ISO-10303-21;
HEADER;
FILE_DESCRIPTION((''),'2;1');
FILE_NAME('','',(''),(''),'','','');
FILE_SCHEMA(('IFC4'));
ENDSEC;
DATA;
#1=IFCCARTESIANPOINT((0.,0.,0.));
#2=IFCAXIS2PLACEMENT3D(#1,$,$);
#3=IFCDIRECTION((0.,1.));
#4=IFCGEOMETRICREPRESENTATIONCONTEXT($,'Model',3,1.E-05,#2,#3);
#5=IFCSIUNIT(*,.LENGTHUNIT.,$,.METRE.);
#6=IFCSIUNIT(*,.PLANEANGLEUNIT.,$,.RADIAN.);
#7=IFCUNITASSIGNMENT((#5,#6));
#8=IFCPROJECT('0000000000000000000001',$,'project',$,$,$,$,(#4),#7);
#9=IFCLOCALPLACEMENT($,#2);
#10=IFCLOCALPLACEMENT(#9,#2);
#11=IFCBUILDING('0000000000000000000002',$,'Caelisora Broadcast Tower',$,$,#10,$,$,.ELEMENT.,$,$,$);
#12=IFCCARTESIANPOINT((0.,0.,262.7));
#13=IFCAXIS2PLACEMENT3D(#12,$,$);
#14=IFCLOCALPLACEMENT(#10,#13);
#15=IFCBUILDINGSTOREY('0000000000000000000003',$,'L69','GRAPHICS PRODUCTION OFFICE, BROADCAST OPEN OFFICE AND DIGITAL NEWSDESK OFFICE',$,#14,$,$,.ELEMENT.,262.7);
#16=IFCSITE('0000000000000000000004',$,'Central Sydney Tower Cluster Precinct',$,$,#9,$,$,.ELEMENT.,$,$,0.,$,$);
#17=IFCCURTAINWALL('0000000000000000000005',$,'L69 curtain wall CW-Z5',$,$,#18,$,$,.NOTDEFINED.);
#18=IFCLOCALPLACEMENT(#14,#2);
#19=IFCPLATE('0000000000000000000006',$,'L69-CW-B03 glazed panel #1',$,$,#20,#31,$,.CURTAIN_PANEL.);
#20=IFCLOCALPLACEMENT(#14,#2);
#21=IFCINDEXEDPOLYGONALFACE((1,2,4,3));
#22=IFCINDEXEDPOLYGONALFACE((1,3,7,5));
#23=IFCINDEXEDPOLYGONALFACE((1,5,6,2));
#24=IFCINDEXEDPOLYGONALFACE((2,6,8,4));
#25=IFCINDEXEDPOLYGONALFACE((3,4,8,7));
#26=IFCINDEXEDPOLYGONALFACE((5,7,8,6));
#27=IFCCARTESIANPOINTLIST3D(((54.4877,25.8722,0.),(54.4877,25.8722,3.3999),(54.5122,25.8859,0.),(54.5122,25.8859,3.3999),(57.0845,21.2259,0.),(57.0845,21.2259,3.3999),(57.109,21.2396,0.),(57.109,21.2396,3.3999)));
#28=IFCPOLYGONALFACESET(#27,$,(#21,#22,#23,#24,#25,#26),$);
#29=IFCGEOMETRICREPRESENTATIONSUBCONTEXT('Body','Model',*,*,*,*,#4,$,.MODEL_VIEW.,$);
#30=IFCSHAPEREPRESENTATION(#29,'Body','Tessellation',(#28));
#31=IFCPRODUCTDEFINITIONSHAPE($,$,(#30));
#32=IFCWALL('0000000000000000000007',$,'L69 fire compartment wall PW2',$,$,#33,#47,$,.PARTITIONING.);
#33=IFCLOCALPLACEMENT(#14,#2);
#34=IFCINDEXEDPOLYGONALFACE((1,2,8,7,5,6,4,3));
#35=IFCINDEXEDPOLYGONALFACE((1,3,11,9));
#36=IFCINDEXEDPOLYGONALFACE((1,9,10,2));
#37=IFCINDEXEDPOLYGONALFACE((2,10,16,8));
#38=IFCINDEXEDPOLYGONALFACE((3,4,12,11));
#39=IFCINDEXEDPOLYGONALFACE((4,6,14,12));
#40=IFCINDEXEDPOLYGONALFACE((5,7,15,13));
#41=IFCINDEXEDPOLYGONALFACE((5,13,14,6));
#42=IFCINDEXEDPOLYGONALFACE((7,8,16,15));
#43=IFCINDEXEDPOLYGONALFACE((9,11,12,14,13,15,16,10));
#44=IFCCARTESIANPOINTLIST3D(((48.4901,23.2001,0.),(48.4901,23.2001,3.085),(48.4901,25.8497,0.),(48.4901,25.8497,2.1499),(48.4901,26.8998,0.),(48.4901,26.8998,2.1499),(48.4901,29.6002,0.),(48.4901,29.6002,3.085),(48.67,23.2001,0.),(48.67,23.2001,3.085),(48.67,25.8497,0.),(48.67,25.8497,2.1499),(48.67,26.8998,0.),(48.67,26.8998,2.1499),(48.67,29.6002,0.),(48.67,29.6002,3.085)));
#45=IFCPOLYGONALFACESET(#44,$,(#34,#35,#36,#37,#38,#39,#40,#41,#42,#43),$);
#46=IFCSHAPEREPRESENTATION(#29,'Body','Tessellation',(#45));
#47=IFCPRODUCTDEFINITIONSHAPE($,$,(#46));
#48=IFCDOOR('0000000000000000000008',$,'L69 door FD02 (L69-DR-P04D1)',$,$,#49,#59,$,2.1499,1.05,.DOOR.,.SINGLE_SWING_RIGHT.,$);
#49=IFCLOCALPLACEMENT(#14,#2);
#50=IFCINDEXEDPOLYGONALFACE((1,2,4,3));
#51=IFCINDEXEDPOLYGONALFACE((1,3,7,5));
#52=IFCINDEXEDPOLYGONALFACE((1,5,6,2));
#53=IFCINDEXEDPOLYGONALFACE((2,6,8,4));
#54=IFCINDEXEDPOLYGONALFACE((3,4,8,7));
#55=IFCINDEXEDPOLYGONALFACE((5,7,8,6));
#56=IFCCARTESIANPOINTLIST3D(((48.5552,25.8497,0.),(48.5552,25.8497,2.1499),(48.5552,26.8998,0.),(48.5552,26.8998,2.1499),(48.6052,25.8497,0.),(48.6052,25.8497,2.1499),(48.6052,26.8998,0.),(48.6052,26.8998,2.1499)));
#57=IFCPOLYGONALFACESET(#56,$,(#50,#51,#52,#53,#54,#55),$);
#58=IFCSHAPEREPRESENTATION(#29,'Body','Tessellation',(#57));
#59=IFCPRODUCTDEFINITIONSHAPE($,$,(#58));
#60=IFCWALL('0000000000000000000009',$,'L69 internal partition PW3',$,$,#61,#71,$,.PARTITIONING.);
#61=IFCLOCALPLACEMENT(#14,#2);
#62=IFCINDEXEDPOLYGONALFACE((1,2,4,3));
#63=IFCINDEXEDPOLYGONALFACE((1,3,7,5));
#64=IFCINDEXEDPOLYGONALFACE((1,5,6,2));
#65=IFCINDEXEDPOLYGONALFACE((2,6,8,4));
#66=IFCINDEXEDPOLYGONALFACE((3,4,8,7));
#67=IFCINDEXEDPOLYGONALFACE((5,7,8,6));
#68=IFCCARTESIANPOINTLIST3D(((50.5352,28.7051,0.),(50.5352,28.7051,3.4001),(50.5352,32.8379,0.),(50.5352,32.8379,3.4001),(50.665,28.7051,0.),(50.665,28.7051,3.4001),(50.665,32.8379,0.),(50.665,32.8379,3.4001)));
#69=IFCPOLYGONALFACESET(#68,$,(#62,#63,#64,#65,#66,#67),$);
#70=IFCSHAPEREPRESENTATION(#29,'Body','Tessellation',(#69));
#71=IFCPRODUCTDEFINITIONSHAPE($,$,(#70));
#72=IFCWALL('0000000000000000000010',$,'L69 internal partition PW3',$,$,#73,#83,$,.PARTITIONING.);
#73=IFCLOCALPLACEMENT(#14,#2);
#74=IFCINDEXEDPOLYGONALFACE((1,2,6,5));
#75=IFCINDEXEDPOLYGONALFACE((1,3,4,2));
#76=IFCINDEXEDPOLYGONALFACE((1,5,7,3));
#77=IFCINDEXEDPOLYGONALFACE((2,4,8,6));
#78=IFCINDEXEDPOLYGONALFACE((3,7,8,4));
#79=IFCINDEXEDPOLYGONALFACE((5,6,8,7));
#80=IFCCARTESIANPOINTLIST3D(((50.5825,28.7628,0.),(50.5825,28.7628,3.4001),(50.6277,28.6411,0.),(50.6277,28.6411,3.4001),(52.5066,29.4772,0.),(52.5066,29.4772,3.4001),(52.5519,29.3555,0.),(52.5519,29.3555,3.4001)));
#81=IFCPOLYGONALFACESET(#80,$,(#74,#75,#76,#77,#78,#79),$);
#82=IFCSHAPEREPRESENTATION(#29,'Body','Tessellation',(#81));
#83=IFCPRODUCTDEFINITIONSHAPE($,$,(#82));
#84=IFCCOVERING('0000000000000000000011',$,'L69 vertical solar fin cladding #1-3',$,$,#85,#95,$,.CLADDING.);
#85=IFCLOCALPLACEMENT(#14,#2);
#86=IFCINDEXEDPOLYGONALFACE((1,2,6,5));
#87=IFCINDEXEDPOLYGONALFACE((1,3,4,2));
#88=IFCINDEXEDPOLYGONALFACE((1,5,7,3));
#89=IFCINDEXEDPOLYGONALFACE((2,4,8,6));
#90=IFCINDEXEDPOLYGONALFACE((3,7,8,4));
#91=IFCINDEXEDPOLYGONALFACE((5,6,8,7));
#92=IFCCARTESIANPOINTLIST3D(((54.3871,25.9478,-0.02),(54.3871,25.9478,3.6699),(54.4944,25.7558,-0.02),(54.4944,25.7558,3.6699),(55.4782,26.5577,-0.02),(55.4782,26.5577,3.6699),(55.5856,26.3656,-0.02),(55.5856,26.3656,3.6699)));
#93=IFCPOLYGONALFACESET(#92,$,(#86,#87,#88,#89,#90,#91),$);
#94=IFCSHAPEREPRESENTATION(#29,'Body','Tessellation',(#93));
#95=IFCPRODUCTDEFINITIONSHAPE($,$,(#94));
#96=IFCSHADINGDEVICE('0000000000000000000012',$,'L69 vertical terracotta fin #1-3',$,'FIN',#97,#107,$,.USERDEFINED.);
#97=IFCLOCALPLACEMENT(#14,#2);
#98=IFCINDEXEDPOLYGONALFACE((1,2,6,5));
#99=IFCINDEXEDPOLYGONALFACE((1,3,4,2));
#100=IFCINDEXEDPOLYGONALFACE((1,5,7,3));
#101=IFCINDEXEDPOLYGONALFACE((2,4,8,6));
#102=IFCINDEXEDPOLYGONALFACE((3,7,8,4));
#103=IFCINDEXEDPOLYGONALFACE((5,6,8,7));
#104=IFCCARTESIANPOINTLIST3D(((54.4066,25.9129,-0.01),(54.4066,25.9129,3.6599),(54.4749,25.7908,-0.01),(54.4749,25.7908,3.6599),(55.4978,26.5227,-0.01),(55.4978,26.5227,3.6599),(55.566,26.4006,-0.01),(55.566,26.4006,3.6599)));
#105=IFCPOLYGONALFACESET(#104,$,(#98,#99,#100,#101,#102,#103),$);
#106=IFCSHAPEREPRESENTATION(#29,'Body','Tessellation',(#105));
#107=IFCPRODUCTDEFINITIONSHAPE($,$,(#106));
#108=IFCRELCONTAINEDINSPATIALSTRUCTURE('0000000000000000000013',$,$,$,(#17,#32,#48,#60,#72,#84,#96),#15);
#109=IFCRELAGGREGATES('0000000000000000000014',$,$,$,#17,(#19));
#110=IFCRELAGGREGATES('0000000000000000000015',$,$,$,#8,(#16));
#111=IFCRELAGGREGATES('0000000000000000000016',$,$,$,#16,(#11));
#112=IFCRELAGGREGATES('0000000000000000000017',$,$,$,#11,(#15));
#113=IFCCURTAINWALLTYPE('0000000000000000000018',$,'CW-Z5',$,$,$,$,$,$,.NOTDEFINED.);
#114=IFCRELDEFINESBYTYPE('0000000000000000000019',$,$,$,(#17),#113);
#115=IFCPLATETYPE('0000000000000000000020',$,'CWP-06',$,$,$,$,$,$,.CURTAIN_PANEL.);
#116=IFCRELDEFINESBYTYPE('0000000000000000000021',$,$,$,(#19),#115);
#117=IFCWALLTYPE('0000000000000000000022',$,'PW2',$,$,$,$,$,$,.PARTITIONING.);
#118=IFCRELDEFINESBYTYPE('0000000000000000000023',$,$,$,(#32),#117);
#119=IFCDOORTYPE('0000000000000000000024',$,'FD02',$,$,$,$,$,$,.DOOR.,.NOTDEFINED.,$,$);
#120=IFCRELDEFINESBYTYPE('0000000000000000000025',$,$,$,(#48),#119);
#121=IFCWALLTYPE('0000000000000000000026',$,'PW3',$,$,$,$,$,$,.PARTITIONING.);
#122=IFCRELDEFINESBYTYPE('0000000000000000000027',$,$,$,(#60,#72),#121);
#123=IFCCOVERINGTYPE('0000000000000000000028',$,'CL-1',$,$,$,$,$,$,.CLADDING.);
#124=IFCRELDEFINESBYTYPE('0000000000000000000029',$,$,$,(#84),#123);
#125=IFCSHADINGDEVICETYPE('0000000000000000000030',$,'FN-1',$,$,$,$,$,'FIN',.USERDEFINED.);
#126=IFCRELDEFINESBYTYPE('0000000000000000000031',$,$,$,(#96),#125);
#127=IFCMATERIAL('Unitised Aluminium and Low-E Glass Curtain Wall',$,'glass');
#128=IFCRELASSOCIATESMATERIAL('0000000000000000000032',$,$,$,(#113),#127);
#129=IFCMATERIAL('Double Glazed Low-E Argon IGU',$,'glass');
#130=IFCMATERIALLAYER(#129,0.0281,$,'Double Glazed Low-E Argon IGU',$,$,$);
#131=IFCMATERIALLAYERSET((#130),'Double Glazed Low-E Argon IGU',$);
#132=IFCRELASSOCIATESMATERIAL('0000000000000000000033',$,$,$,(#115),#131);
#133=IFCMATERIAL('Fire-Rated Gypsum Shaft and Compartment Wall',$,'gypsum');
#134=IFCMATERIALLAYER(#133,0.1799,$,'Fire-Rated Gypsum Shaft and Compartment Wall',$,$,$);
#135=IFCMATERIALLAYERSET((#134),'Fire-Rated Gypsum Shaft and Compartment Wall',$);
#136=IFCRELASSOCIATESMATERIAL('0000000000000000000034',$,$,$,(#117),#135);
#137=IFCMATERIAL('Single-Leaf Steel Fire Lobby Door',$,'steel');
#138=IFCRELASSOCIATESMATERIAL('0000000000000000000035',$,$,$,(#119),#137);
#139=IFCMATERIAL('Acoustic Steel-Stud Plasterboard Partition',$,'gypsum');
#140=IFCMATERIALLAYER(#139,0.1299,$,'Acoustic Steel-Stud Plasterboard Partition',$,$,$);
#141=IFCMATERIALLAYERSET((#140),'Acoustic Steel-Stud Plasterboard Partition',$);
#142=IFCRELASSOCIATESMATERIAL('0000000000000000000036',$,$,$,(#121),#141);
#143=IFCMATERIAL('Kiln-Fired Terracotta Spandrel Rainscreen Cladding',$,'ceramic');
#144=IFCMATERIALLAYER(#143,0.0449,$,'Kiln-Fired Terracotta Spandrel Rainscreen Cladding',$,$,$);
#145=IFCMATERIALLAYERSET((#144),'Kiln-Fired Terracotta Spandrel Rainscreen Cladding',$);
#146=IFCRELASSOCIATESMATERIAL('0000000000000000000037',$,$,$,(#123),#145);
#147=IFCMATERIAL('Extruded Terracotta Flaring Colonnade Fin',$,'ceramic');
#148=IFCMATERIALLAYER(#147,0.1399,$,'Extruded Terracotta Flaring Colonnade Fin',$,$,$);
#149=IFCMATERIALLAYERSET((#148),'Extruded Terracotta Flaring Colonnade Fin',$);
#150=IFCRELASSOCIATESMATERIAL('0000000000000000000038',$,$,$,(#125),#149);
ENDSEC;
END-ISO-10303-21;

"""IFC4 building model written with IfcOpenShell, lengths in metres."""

from ifc_helpers import new_model, si_unit, direction, frame, frame_2d, origin, origin_2d, place, context, subcontext, project, spatial, rectangle, extrude, source, transform, mapped, material, layer, layer_set, type_object, type_shapes, element, fill, aggregate, save


model = new_model("IFC4")

# Units and contexts
model_context = context("Model", 3, precision=1e-05, world=origin(), true_north=direction((0.0, 1.0)))
body_context = subcontext(model_context, "Body", "Model", "MODEL_VIEW")
ifc_project = project(units=[si_unit("LENGTHUNIT", "METRE"), si_unit("PLANEANGLEUNIT", "RADIAN")], contexts=[model_context])

# Site, building, storey
site_placement = place(None, origin())
site = spatial("IfcSite", under=ifc_project, at=site_placement, Name="Central Sydney Tower Cluster Precinct", CompositionType="ELEMENT", RefElevation=0.0)
building_placement = place(site_placement, origin())
building = spatial("IfcBuilding", under=site, at=building_placement, Name="Caelisora Broadcast Tower", CompositionType="ELEMENT")
storey_placement = place(building_placement, frame((0.0, 0.0, 262.7)))
storey = spatial("IfcBuildingStorey", under=building, at=storey_placement, Name="L69", Description="GRAPHICS PRODUCTION OFFICE, BROADCAST OPEN OFFICE AND DIGITAL NEWSDESK OFFICE", CompositionType="ELEMENT", Elevation=262.7)

# Curtain wall
ifc_material_1 = material(Name="Unitised Aluminium and Low-E Glass Curtain Wall", Category="glass")
curtain_wall_type_1 = type_object("IfcCurtainWallType", Name="CW-Z5", PredefinedType="NOTDEFINED", material=ifc_material_1)
curtain_wall_1_placement = place(storey_placement, origin())
curtain_wall_1 = element("IfcCurtainWall", 1, at=curtain_wall_1_placement, inside=storey, type_object=curtain_wall_type_1, Name="L69 curtain wall CW-Z5", PredefinedType="NOTDEFINED")

# Plate
ifc_material_2 = material(Name="Double Glazed Low-E Argon IGU", Category="glass")
ifc_layer_1 = layer(ifc_material_2, 0.0281, Name="Double Glazed Low-E Argon IGU")
ifc_layer_set_1 = layer_set([ifc_layer_1], Name="Double Glazed Low-E Argon IGU")
plate_type_1 = type_object("IfcPlateType", Name="CWP-06", PredefinedType="CURTAIN_PANEL", material=ifc_layer_set_1)
shared_shape_1 = source(origin(), body_context, "Body", "SweptSolid", [
    extrude(rectangle(XDim=5.3228, YDim=0.0281, at=origin_2d()), origin(), (0.0, 0.0, 1.0), 3.3999),
])
type_shapes(plate_type_1, [shared_shape_1])
plate_1_placement = place(storey_placement, frame((55.7983, 23.5559, 0.0), z_axis=(0.0, 0.0, 1.0), x_axis=(0.48786, -0.872922, 0.0)))
plate_1 = element("IfcPlate", 2, at=plate_1_placement, type_object=plate_type_1, Name="L69-CW-B03 glazed panel #1", PredefinedType="CURTAIN_PANEL", context=body_context, shape_type="MappedRepresentation", body=[
    mapped(shared_shape_1, transform((0.0, 0.0, 0.0), scale=1.0)),
])
aggregate(curtain_wall_1, [plate_1])

# Wall, opening, door
ifc_material_3 = material(Name="Fire-Rated Gypsum Shaft and Compartment Wall", Category="gypsum")
ifc_layer_2 = layer(ifc_material_3, 0.1799, Name="Fire-Rated Gypsum Shaft and Compartment Wall")
ifc_layer_set_2 = layer_set([ifc_layer_2], Name="Fire-Rated Gypsum Shaft and Compartment Wall")
wall_type_1 = type_object("IfcWallType", Name="PW2", PredefinedType="PARTITIONING", material=ifc_layer_set_2)
wall_1_placement = place(storey_placement, frame((48.5801, 23.2, 0.0), z_axis=(0.0, 0.0, 1.0), x_axis=(0.0, 1.0, 0.0)))
wall_1 = element("IfcWall", 3, at=wall_1_placement, inside=storey, type_object=wall_type_1, Name="L69 fire compartment wall PW2", PredefinedType="PARTITIONING", context=body_context, shape_type="SweptSolid", body=[
    extrude(rectangle(XDim=6.4001, YDim=0.1799, at=frame_2d((3.2002, 0.0))), origin(), (0.0, 0.0, 1.0), 3.085),
])
opening_placement = place(wall_1_placement, frame((2.6499, 0.0, 0.0)))
opening = element("IfcOpeningElement", 4, at=opening_placement, cuts=wall_1, PredefinedType="OPENING", context=body_context, shape_type="SweptSolid", body=[
    extrude(rectangle(XDim=1.05, YDim=2.1499, at=frame_2d((0.5249, 1.075))), frame((0.0, 0.1021, 0.0), z_axis=(0.0, -1.0, 0.0), x_axis=(1.0, 0.0, 0.0)), (0.0, 0.0, 1.0), 0.2039),
])
ifc_material_4 = material(Name="Single-Leaf Steel Fire Lobby Door", Category="steel")
door_type = type_object("IfcDoorType", Name="FD02", OperationType="NOTDEFINED", PredefinedType="DOOR", material=ifc_material_4)
door_placement = place(opening_placement, origin())
door = element("IfcDoor", 5, at=door_placement, inside=storey, type_object=door_type, Name="L69 door FD02 (L69-DR-P04D1)", OperationType="SINGLE_SWING_RIGHT", OverallHeight=2.1499, OverallWidth=1.05, PredefinedType="DOOR", context=body_context, shape_type="SweptSolid", body=[
    extrude(rectangle(XDim=1.05, YDim=2.1499, at=frame_2d((0.5249, 1.075))), frame((0.0, 0.0249, 0.0), z_axis=(0.0, -1.0, 0.0), x_axis=(1.0, 0.0, 0.0)), (0.0, 0.0, 1.0), 0.05),
])
fill(opening, door)

# Walls
ifc_material_5 = material(Name="Acoustic Steel-Stud Plasterboard Partition", Category="gypsum")
ifc_layer_3 = layer(ifc_material_5, 0.1299, Name="Acoustic Steel-Stud Plasterboard Partition")
ifc_layer_set_3 = layer_set([ifc_layer_3], Name="Acoustic Steel-Stud Plasterboard Partition")
wall_type_2 = type_object("IfcWallType", Name="PW3", PredefinedType="PARTITIONING", material=ifc_layer_set_3)
wall_2_placement = place(storey_placement, frame((50.6001, 28.7051, 0.0), z_axis=(0.0, 0.0, 1.0), x_axis=(0.0, 1.0, 0.0)))
element("IfcWall", 6, at=wall_2_placement, inside=storey, type_object=wall_type_2, Name="L69 internal partition PW3", PredefinedType="PARTITIONING", context=body_context, shape_type="SweptSolid", body=[
    extrude(rectangle(XDim=4.1328, YDim=0.1299, at=frame_2d((2.0664, 0.0))), origin(), (0.0, 0.0, 1.0), 3.4001),
])
wall_3_placement = place(storey_placement, frame((50.605, 28.7019, 0.0), z_axis=(0.0, 0.0, 1.0), x_axis=(0.937473, 0.348058, 0.0)))
element("IfcWall", 7, at=wall_3_placement, inside=storey, type_object=wall_type_2, Name="L69 internal partition PW3", PredefinedType="PARTITIONING", context=body_context, shape_type="SweptSolid", body=[
    extrude(rectangle(XDim=2.0525, YDim=0.1299, at=frame_2d((1.0264, 0.0))), origin(), (0.0, 0.0, 1.0), 3.4001),
])

# Covering
ifc_material_6 = material(Name="Kiln-Fired Terracotta Spandrel Rainscreen Cladding", Category="ceramic")
ifc_layer_4 = layer(ifc_material_6, 0.0449, Name="Kiln-Fired Terracotta Spandrel Rainscreen Cladding")
ifc_layer_set_4 = layer_set([ifc_layer_4], Name="Kiln-Fired Terracotta Spandrel Rainscreen Cladding")
covering_type = type_object("IfcCoveringType", Name="CL-1", PredefinedType="CLADDING", material=ifc_layer_set_4)
shared_shape_2 = source(origin(), body_context, "Body", "SweptSolid", [
    extrude(rectangle(XDim=0.22, YDim=1.25, at=origin_2d()), origin(), (0.0, 0.0, 1.0), 3.6899),
])
type_shapes(covering_type, [shared_shape_2])
covering_placement = place(storey_placement, frame((54.9863, 26.1567, -0.02), z_axis=(0.0, 0.0, 1.0), x_axis=(0.48786, -0.872922, 0.0)))
element("IfcCovering", 8, at=covering_placement, inside=storey, type_object=covering_type, Name="L69 vertical solar fin cladding #1-3", PredefinedType="CLADDING", context=body_context, shape_type="MappedRepresentation", body=[
    mapped(shared_shape_2, transform((0.0, 0.0, 0.0), scale=1.0)),
])

# Shading device
ifc_material_7 = material(Name="Extruded Terracotta Flaring Colonnade Fin", Category="ceramic")
ifc_layer_5 = layer(ifc_material_7, 0.1399, Name="Extruded Terracotta Flaring Colonnade Fin")
ifc_layer_set_5 = layer_set([ifc_layer_5], Name="Extruded Terracotta Flaring Colonnade Fin")
shading_device_type = type_object("IfcShadingDeviceType", Name="FN-1", ElementType="FIN", PredefinedType="USERDEFINED", material=ifc_layer_set_5)
shared_shape_3 = source(origin(), body_context, "Body", "SweptSolid", [
    extrude(rectangle(XDim=0.1399, YDim=1.25, at=origin_2d()), origin(), (0.0, 0.0, 1.0), 3.6699),
])
type_shapes(shading_device_type, [shared_shape_3])
shading_device_placement = place(storey_placement, frame((54.9863, 26.1567, -0.01), z_axis=(0.0, 0.0, 1.0), x_axis=(0.48786, -0.872922, 0.0)))
element("IfcShadingDevice", 9, at=shading_device_placement, inside=storey, type_object=shading_device_type, Name="L69 vertical terracotta fin #1-3", ObjectType="FIN", PredefinedType="USERDEFINED", context=body_context, shape_type="MappedRepresentation", body=[
    mapped(shared_shape_3, transform((0.0, 0.0, 0.0), scale=1.0)),
])

save(model, "model.ifc")
